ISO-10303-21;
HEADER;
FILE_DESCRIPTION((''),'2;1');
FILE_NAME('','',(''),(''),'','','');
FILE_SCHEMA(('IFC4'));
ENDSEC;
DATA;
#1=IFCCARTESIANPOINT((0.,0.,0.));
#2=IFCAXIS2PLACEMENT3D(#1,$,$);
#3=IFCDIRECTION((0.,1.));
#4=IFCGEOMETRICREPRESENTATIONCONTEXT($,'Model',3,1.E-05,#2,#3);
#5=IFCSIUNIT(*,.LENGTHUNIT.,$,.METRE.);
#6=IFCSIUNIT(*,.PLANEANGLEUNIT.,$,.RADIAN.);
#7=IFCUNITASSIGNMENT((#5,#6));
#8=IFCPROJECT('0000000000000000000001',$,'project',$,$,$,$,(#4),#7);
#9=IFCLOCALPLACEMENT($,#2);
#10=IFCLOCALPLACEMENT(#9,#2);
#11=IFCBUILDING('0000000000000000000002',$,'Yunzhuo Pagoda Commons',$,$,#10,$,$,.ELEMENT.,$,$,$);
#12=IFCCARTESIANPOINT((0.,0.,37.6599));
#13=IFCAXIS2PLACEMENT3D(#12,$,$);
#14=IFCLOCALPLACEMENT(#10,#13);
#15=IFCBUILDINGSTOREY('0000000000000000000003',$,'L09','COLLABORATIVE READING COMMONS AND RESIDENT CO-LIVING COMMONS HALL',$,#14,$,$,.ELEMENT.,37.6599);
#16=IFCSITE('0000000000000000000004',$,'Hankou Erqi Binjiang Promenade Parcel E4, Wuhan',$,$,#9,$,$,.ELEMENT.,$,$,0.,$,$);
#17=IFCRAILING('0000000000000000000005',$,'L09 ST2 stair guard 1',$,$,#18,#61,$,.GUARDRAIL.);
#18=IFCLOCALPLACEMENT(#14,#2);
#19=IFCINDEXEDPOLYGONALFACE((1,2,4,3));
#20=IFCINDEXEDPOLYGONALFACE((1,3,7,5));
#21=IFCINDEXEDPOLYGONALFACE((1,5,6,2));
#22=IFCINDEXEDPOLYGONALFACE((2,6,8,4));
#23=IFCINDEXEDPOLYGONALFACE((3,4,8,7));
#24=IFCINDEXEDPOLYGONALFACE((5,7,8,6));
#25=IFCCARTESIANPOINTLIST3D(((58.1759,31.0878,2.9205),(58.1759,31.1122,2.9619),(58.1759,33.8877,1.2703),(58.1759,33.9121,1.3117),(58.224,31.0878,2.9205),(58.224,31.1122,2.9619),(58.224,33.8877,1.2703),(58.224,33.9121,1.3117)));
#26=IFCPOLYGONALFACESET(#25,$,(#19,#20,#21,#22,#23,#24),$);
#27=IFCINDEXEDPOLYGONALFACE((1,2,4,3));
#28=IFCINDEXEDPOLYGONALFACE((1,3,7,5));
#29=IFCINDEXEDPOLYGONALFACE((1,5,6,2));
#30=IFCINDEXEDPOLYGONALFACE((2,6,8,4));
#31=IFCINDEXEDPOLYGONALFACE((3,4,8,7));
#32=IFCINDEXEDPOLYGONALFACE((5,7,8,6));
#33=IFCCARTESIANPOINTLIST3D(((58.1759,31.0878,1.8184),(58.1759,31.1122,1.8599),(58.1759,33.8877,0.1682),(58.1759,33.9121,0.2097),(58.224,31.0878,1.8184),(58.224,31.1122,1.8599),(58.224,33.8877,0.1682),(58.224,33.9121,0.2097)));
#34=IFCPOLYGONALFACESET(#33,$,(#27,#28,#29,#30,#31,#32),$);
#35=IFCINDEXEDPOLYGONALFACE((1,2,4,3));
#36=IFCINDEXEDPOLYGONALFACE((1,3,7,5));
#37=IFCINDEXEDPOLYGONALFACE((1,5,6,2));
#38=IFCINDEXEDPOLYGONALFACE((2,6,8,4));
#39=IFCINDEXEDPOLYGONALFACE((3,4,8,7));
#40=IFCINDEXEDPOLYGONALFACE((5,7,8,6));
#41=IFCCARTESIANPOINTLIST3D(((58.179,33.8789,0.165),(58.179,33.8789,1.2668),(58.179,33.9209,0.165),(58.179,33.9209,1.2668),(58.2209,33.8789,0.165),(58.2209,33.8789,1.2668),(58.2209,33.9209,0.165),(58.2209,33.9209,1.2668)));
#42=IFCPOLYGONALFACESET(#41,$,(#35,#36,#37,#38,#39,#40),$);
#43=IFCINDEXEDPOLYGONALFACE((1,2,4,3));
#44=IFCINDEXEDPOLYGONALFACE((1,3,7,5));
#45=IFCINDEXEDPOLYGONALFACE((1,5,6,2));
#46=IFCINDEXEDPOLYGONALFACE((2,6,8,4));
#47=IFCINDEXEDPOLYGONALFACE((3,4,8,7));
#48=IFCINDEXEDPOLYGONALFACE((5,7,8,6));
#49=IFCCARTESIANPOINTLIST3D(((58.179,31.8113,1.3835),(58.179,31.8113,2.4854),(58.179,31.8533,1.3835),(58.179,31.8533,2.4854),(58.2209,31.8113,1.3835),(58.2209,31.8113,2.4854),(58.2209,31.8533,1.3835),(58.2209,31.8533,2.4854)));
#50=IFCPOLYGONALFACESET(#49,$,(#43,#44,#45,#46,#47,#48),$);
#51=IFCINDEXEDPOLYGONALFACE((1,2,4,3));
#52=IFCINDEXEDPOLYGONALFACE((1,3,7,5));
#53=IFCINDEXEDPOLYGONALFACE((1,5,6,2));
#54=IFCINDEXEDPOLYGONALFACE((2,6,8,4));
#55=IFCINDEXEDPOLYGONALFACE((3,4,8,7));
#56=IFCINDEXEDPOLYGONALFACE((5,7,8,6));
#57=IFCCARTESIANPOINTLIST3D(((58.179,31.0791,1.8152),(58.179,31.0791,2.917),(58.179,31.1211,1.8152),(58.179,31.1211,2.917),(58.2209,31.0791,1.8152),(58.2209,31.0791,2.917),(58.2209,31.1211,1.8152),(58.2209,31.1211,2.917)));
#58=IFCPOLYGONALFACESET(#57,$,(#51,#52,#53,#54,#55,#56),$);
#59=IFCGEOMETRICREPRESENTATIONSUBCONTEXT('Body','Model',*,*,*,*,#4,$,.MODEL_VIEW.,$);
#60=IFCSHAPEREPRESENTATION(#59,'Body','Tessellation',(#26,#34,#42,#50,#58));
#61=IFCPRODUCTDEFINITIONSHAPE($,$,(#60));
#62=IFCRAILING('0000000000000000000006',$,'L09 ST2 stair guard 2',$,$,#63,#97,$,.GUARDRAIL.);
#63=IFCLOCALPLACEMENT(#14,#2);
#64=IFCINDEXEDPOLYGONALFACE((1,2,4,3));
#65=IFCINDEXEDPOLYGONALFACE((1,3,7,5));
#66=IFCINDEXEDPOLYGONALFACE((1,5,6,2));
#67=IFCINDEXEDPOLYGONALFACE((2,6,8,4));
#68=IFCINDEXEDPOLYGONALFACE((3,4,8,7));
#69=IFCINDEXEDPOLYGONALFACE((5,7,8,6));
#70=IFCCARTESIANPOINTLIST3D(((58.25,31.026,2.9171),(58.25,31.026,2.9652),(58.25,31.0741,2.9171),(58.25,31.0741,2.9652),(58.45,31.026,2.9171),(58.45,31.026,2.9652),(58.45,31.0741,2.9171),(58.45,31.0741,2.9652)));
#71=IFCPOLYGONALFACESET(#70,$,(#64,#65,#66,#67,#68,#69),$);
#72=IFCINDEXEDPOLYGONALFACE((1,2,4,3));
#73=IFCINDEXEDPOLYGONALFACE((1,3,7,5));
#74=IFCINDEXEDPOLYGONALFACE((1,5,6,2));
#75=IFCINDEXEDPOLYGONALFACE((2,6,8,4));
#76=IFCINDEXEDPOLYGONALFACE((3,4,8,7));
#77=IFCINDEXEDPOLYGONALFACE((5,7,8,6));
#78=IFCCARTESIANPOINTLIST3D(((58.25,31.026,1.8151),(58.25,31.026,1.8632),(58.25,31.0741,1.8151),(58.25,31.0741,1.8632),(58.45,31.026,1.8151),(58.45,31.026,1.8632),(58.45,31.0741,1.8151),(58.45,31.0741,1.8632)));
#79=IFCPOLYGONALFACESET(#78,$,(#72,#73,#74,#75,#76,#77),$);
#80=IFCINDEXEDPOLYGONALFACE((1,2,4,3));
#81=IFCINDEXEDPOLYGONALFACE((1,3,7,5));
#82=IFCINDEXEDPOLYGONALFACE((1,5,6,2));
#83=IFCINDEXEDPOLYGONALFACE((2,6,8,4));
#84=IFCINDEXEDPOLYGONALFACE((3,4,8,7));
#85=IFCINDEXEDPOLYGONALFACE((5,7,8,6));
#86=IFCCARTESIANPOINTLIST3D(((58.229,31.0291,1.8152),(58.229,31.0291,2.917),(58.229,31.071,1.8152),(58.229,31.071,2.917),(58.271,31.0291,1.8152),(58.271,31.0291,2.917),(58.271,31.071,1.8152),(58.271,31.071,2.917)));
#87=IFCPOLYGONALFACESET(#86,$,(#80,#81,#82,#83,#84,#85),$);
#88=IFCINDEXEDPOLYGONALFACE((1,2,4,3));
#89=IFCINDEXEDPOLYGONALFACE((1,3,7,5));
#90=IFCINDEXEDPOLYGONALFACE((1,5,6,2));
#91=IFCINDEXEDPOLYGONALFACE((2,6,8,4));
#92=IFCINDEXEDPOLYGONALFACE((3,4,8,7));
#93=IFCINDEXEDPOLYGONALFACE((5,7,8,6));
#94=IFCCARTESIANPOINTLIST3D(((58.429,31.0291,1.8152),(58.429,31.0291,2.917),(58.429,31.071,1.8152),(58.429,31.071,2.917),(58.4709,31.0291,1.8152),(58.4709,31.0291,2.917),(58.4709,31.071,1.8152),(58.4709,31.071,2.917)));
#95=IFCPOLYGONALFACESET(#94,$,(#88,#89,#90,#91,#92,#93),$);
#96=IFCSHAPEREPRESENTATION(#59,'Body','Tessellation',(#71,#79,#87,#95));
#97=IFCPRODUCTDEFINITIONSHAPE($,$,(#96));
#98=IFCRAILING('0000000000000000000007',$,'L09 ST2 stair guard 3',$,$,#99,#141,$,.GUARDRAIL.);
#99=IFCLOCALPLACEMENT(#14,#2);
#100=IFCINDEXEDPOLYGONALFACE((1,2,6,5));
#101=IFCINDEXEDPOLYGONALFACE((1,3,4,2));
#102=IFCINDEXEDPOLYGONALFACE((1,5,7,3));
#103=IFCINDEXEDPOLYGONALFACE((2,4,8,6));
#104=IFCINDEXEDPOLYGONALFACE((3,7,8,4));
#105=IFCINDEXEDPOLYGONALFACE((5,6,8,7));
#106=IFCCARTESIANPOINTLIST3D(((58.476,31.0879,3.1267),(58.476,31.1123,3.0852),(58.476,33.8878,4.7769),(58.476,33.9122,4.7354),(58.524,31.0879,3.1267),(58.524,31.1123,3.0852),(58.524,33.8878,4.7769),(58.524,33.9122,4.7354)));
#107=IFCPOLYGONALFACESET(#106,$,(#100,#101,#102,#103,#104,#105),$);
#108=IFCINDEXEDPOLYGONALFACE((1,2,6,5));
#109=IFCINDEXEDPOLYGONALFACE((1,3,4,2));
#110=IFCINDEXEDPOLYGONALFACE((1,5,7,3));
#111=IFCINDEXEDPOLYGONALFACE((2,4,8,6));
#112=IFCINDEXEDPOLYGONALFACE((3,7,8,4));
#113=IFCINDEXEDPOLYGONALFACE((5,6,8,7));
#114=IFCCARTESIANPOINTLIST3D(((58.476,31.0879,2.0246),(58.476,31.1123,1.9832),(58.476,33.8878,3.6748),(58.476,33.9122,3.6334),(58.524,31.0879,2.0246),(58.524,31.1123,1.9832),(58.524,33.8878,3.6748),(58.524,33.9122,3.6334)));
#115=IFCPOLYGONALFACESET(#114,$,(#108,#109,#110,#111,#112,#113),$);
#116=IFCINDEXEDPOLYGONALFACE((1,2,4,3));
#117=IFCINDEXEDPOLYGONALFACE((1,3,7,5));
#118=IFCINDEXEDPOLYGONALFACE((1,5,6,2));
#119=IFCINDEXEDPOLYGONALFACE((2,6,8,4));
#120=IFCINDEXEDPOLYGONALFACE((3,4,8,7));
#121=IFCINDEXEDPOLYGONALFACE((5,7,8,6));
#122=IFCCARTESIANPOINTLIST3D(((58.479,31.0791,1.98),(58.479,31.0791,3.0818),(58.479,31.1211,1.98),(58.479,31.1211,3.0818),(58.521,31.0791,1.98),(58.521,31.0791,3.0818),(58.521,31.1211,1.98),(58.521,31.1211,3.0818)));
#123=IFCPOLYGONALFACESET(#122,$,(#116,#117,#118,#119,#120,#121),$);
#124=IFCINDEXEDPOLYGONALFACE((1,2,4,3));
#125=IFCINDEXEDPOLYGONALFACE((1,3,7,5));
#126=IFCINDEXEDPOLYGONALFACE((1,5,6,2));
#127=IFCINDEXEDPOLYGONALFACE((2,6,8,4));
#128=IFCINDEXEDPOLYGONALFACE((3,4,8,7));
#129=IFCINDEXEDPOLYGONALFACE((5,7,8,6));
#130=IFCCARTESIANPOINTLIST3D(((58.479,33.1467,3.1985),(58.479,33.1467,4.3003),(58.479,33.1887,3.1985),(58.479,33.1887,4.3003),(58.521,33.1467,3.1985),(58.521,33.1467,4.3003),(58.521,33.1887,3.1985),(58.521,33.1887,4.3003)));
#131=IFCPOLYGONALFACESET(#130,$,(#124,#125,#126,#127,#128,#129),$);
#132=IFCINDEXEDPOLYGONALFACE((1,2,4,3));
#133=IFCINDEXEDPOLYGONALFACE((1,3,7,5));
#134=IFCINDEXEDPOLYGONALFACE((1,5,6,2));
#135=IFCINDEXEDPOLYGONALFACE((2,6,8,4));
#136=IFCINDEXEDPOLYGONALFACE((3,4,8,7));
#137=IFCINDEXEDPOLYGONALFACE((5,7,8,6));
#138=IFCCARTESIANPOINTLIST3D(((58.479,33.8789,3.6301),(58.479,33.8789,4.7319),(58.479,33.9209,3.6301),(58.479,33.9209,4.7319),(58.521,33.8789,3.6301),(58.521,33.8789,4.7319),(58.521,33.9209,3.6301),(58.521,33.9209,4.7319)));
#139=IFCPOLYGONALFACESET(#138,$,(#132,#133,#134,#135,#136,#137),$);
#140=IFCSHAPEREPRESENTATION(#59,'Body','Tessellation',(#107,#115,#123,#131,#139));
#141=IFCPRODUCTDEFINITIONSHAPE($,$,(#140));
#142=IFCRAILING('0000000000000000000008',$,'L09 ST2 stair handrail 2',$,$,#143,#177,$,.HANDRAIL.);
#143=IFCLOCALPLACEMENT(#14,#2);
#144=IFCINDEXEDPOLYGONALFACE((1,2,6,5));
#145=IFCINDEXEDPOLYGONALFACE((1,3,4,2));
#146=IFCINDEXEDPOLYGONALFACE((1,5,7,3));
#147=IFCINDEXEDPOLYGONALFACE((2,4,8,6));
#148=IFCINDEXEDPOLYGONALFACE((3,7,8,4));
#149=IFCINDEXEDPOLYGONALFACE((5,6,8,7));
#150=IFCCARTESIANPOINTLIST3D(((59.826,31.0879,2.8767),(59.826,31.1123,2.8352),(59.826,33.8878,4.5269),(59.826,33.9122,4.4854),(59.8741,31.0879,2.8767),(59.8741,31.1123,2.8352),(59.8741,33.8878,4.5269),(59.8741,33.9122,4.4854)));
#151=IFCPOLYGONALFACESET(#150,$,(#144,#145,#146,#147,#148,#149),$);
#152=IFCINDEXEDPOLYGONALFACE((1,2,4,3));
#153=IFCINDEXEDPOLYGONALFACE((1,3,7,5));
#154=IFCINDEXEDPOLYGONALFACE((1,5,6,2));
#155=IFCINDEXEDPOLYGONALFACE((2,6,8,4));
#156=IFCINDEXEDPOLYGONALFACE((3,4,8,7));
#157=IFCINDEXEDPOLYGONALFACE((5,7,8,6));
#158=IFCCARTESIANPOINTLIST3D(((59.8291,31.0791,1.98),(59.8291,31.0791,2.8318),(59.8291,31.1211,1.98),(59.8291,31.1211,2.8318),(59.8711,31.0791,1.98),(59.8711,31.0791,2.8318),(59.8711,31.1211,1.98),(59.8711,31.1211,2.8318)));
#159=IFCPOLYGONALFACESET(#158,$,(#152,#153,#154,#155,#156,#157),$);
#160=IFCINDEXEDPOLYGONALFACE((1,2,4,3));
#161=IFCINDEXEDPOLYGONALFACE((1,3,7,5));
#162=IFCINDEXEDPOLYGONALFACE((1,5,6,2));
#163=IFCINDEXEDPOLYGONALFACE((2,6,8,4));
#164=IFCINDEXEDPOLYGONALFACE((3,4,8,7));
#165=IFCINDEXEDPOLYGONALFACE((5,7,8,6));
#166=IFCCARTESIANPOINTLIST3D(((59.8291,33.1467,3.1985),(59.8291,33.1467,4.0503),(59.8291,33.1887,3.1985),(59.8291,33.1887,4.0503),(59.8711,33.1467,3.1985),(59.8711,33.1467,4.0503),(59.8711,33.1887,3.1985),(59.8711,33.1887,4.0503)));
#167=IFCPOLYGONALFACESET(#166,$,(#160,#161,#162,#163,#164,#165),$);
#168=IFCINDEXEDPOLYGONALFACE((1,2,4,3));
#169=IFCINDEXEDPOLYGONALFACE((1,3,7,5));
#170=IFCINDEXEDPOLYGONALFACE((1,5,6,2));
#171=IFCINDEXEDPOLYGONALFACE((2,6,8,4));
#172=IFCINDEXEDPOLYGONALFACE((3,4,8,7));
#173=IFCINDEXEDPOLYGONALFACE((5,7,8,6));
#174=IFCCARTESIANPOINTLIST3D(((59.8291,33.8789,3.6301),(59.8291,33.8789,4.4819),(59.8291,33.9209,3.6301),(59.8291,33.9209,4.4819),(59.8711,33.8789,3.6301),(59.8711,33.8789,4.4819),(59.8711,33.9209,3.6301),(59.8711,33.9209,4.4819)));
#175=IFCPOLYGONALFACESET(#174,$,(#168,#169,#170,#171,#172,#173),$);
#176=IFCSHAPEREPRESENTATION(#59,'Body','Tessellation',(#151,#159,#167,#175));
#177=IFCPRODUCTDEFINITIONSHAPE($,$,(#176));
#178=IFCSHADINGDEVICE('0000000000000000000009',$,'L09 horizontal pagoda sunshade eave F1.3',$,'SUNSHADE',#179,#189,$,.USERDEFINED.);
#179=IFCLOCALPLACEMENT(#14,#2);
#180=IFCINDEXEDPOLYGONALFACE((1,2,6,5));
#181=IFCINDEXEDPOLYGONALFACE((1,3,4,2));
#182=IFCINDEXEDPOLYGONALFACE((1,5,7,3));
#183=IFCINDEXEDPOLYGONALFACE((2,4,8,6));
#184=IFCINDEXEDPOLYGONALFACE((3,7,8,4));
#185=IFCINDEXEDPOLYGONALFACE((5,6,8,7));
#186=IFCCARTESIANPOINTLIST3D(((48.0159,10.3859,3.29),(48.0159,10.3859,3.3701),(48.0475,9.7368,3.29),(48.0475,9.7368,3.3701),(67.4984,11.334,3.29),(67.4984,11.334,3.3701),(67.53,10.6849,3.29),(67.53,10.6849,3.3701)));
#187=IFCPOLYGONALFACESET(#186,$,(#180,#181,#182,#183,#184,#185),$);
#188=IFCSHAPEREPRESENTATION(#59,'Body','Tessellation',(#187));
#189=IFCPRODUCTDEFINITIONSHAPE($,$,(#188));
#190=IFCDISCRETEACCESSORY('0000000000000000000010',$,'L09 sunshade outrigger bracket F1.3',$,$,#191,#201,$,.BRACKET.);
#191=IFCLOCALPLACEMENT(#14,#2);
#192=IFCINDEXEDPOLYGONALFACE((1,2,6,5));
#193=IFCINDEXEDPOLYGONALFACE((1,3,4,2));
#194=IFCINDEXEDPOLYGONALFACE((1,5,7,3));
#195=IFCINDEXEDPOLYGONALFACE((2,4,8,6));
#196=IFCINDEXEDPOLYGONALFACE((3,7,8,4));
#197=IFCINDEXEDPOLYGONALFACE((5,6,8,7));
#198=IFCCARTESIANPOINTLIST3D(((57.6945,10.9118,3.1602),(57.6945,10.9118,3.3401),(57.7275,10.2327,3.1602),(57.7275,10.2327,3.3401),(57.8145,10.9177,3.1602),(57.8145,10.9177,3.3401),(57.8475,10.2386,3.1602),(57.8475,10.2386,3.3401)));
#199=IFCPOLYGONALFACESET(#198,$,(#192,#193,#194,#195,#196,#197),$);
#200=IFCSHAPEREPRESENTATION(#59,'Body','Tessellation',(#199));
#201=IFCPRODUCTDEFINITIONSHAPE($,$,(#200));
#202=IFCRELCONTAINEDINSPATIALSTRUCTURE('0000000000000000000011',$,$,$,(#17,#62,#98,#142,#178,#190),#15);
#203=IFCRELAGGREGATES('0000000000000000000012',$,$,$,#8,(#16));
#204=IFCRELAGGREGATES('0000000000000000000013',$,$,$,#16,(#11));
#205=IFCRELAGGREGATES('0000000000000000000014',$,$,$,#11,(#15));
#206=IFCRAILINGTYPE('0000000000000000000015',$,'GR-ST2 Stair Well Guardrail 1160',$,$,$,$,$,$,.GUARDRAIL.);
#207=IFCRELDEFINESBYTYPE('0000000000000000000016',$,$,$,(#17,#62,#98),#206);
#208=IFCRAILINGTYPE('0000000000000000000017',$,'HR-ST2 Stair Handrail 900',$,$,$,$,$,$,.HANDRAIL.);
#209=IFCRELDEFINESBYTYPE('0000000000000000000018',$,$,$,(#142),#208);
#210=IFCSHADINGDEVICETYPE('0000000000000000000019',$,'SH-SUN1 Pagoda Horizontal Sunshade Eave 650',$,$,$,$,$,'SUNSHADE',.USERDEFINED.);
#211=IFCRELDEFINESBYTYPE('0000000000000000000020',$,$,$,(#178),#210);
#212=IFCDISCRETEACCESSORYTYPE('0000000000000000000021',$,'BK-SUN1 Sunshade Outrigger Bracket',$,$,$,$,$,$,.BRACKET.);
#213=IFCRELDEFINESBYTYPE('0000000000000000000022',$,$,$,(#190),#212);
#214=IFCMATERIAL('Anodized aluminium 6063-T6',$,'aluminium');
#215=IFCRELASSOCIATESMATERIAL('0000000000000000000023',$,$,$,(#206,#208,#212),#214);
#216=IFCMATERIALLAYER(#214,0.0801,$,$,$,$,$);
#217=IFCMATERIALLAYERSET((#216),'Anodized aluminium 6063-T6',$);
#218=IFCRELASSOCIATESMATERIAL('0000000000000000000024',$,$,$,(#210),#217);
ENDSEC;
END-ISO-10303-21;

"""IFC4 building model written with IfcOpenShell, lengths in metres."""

from ifc_helpers import new_model, si_unit, direction, frame, origin, origin_2d, place, context, subcontext, project, spatial, rectangle, extrude, source, transform, mapped, material, layer, layer_set, type_object, element, save


model = new_model("IFC4")

# Units and contexts
model_context = context("Model", 3, precision=1e-05, world=origin(), true_north=direction((0.0, 1.0)))
body_context = subcontext(model_context, "Body", "Model", "MODEL_VIEW")
ifc_project = project(units=[si_unit("LENGTHUNIT", "METRE"), si_unit("PLANEANGLEUNIT", "RADIAN")], contexts=[model_context])

# Site, building, storey
site_placement = place(None, origin())
site = spatial("IfcSite", under=ifc_project, at=site_placement, Name="Hankou Erqi Binjiang Promenade Parcel E4, Wuhan", CompositionType="ELEMENT", RefElevation=0.0)
building_placement = place(site_placement, origin())
building = spatial("IfcBuilding", under=site, at=building_placement, Name="Yunzhuo Pagoda Commons", CompositionType="ELEMENT")
storey_placement = place(building_placement, frame((0.0, 0.0, 37.6599)))
storey = spatial("IfcBuildingStorey", under=building, at=storey_placement, Name="L09", Description="COLLABORATIVE READING COMMONS AND RESIDENT CO-LIVING COMMONS HALL", CompositionType="ELEMENT", Elevation=37.6599)

# Shared definitions
ifc_material_1 = material(Name="Anodized aluminium 6063-T6", Category="aluminium")

# Railings
railing_type_1 = type_object("IfcRailingType", Name="GR-ST2 Stair Well Guardrail 1160", PredefinedType="GUARDRAIL", material=ifc_material_1)
railing_1_placement = place(storey_placement, frame((58.2, 33.8999, 0.165)))
element("IfcRailing", 1, at=railing_1_placement, inside=storey, type_object=railing_type_1, Name="L09 ST2 stair guard 1", PredefinedType="GUARDRAIL", context=body_context, shape_type="SweptSolid", body=[
    extrude(rectangle(XDim=0.0481, YDim=0.0481, at=origin_2d()), frame((0.0, 0.0, 1.126), z_axis=(0.0, -0.861503, 0.507752), x_axis=(1.0, 0.0, 0.0)), (0.0, 0.0, 1.0), 3.25),
    extrude(rectangle(XDim=0.0481, YDim=0.0481, at=origin_2d()), frame((0.0, 0.0, 0.0239), z_axis=(0.0, -0.861503, 0.507752), x_axis=(1.0, 0.0, 0.0)), (0.0, 0.0, 1.0), 3.25),
    extrude(rectangle(XDim=0.042, YDim=0.042, at=origin_2d()), origin(), (0.0, 0.0, 1.0), 1.1018),
    extrude(rectangle(XDim=0.042, YDim=0.042, at=origin_2d()), frame((0.0, -2.0676, 1.2185)), (0.0, 0.0, 1.0), 1.1018),
    extrude(rectangle(XDim=0.042, YDim=0.042, at=origin_2d()), frame((0.0, -2.7998, 1.6501)), (0.0, 0.0, 1.0), 1.1018),
])
railing_2_placement = place(storey_placement, frame((58.25, 31.05, 1.8152)))
element("IfcRailing", 2, at=railing_2_placement, inside=storey, type_object=railing_type_1, Name="L09 ST2 stair guard 2", PredefinedType="GUARDRAIL", context=body_context, shape_type="SweptSolid", body=[
    extrude(rectangle(XDim=0.0481, YDim=0.0481, at=origin_2d()), frame((0.0, 0.0, 1.126), z_axis=(1.0, 0.0, 0.0), x_axis=(0.0, 1.0, 0.0)), (0.0, 0.0, 1.0), 0.2),
    extrude(rectangle(XDim=0.0481, YDim=0.0481, at=origin_2d()), frame((0.0, 0.0, 0.0239), z_axis=(1.0, 0.0, 0.0), x_axis=(0.0, 1.0, 0.0)), (0.0, 0.0, 1.0), 0.2),
    extrude(rectangle(XDim=0.042, YDim=0.042, at=origin_2d()), origin(), (0.0, 0.0, 1.0), 1.1018),
    extrude(rectangle(XDim=0.042, YDim=0.042, at=origin_2d()), frame((0.2, 0.0, 0.0)), (0.0, 0.0, 1.0), 1.1018),
])
railing_3_placement = place(storey_placement, frame((58.5, 31.1001, 1.98)))
element("IfcRailing", 3, at=railing_3_placement, inside=storey, type_object=railing_type_1, Name="L09 ST2 stair guard 3", PredefinedType="GUARDRAIL", context=body_context, shape_type="SweptSolid", body=[
    extrude(rectangle(XDim=0.0481, YDim=0.0481, at=origin_2d()), frame((0.0, 0.0, 1.126), z_axis=(0.0, 0.861503, 0.507752), x_axis=(-1.0, 0.0, 0.0)), (0.0, 0.0, 1.0), 3.25),
    extrude(rectangle(XDim=0.0481, YDim=0.0481, at=origin_2d()), frame((0.0, 0.0, 0.0239), z_axis=(0.0, 0.861503, 0.507752), x_axis=(-1.0, 0.0, 0.0)), (0.0, 0.0, 1.0), 3.25),
    extrude(rectangle(XDim=0.042, YDim=0.042, at=origin_2d()), origin(), (0.0, 0.0, 1.0), 1.1018),
    extrude(rectangle(XDim=0.042, YDim=0.042, at=origin_2d()), frame((0.0, 2.0676, 1.2185)), (0.0, 0.0, 1.0), 1.1018),
    extrude(rectangle(XDim=0.042, YDim=0.042, at=origin_2d()), frame((0.0, 2.7998, 1.6501)), (0.0, 0.0, 1.0), 1.1018),
])
railing_type_2 = type_object("IfcRailingType", Name="HR-ST2 Stair Handrail 900", PredefinedType="HANDRAIL", material=ifc_material_1)
railing_4_placement = place(storey_placement, frame((59.8501, 31.1001, 1.98)))
element("IfcRailing", 4, at=railing_4_placement, inside=storey, type_object=railing_type_2, Name="L09 ST2 stair handrail 2", PredefinedType="HANDRAIL", context=body_context, shape_type="SweptSolid", body=[
    extrude(rectangle(XDim=0.0481, YDim=0.0481, at=origin_2d()), frame((0.0, 0.0, 0.876), z_axis=(0.0, 0.861503, 0.507752), x_axis=(-1.0, 0.0, 0.0)), (0.0, 0.0, 1.0), 3.25),
    extrude(rectangle(XDim=0.042, YDim=0.042, at=origin_2d()), origin(), (0.0, 0.0, 1.0), 0.8518),
    extrude(rectangle(XDim=0.042, YDim=0.042, at=origin_2d()), frame((0.0, 2.0676, 1.2185)), (0.0, 0.0, 1.0), 0.8518),
    extrude(rectangle(XDim=0.042, YDim=0.042, at=origin_2d()), frame((0.0, 2.7998, 1.6501)), (0.0, 0.0, 1.0), 0.8518),
])

# Shading device
ifc_layer_1 = layer(ifc_material_1, 0.0801)
ifc_layer_set_1 = layer_set([ifc_layer_1], Name="Anodized aluminium 6063-T6")
shading_device_type = type_object("IfcShadingDeviceType", Name="SH-SUN1 Pagoda Horizontal Sunshade Eave 650", ElementType="SUNSHADE", PredefinedType="USERDEFINED", material=ifc_layer_set_1)
shared_shape_1 = source(origin(), body_context, "Body", "SweptSolid", [
    extrude(rectangle(XDim=19.5056, YDim=0.6499, at=origin_2d()), origin(), (0.0, 0.0, 1.0), 0.0801),
])
shading_device_placement = place(storey_placement, frame((57.7729, 10.5354, 3.29), z_axis=(0.0, 0.0, 1.0), x_axis=(0.998818, 0.048606, 0.0)))
element("IfcShadingDevice", 5, at=shading_device_placement, inside=storey, type_object=shading_device_type, Name="L09 horizontal pagoda sunshade eave F1.3", ObjectType="SUNSHADE", PredefinedType="USERDEFINED", context=body_context, shape_type="MappedRepresentation", body=[
    mapped(shared_shape_1, transform((0.0, 0.0, 0.0), scale=1.0)),
])

# Discrete accessory
discrete_accessory_type = type_object("IfcDiscreteAccessoryType", Name="BK-SUN1 Sunshade Outrigger Bracket", PredefinedType="BRACKET", material=ifc_material_1)
shared_shape_2 = source(origin(), body_context, "Body", "SweptSolid", [
    extrude(rectangle(XDim=0.1201, YDim=0.6799, at=origin_2d()), origin(), (0.0, 0.0, 1.0), 0.1799),
])
discrete_accessory_placement = place(storey_placement, frame((57.771, 10.5752, 3.1602), z_axis=(0.0, 0.0, 1.0), x_axis=(0.998818, 0.048606, 0.0)))
element("IfcDiscreteAccessory", 6, at=discrete_accessory_placement, inside=storey, type_object=discrete_accessory_type, Name="L09 sunshade outrigger bracket F1.3", PredefinedType="BRACKET", context=body_context, shape_type="MappedRepresentation", body=[
    mapped(shared_shape_2, transform((0.0, 0.0, 0.0), scale=1.0)),
])

save(model, "model.ifc")
